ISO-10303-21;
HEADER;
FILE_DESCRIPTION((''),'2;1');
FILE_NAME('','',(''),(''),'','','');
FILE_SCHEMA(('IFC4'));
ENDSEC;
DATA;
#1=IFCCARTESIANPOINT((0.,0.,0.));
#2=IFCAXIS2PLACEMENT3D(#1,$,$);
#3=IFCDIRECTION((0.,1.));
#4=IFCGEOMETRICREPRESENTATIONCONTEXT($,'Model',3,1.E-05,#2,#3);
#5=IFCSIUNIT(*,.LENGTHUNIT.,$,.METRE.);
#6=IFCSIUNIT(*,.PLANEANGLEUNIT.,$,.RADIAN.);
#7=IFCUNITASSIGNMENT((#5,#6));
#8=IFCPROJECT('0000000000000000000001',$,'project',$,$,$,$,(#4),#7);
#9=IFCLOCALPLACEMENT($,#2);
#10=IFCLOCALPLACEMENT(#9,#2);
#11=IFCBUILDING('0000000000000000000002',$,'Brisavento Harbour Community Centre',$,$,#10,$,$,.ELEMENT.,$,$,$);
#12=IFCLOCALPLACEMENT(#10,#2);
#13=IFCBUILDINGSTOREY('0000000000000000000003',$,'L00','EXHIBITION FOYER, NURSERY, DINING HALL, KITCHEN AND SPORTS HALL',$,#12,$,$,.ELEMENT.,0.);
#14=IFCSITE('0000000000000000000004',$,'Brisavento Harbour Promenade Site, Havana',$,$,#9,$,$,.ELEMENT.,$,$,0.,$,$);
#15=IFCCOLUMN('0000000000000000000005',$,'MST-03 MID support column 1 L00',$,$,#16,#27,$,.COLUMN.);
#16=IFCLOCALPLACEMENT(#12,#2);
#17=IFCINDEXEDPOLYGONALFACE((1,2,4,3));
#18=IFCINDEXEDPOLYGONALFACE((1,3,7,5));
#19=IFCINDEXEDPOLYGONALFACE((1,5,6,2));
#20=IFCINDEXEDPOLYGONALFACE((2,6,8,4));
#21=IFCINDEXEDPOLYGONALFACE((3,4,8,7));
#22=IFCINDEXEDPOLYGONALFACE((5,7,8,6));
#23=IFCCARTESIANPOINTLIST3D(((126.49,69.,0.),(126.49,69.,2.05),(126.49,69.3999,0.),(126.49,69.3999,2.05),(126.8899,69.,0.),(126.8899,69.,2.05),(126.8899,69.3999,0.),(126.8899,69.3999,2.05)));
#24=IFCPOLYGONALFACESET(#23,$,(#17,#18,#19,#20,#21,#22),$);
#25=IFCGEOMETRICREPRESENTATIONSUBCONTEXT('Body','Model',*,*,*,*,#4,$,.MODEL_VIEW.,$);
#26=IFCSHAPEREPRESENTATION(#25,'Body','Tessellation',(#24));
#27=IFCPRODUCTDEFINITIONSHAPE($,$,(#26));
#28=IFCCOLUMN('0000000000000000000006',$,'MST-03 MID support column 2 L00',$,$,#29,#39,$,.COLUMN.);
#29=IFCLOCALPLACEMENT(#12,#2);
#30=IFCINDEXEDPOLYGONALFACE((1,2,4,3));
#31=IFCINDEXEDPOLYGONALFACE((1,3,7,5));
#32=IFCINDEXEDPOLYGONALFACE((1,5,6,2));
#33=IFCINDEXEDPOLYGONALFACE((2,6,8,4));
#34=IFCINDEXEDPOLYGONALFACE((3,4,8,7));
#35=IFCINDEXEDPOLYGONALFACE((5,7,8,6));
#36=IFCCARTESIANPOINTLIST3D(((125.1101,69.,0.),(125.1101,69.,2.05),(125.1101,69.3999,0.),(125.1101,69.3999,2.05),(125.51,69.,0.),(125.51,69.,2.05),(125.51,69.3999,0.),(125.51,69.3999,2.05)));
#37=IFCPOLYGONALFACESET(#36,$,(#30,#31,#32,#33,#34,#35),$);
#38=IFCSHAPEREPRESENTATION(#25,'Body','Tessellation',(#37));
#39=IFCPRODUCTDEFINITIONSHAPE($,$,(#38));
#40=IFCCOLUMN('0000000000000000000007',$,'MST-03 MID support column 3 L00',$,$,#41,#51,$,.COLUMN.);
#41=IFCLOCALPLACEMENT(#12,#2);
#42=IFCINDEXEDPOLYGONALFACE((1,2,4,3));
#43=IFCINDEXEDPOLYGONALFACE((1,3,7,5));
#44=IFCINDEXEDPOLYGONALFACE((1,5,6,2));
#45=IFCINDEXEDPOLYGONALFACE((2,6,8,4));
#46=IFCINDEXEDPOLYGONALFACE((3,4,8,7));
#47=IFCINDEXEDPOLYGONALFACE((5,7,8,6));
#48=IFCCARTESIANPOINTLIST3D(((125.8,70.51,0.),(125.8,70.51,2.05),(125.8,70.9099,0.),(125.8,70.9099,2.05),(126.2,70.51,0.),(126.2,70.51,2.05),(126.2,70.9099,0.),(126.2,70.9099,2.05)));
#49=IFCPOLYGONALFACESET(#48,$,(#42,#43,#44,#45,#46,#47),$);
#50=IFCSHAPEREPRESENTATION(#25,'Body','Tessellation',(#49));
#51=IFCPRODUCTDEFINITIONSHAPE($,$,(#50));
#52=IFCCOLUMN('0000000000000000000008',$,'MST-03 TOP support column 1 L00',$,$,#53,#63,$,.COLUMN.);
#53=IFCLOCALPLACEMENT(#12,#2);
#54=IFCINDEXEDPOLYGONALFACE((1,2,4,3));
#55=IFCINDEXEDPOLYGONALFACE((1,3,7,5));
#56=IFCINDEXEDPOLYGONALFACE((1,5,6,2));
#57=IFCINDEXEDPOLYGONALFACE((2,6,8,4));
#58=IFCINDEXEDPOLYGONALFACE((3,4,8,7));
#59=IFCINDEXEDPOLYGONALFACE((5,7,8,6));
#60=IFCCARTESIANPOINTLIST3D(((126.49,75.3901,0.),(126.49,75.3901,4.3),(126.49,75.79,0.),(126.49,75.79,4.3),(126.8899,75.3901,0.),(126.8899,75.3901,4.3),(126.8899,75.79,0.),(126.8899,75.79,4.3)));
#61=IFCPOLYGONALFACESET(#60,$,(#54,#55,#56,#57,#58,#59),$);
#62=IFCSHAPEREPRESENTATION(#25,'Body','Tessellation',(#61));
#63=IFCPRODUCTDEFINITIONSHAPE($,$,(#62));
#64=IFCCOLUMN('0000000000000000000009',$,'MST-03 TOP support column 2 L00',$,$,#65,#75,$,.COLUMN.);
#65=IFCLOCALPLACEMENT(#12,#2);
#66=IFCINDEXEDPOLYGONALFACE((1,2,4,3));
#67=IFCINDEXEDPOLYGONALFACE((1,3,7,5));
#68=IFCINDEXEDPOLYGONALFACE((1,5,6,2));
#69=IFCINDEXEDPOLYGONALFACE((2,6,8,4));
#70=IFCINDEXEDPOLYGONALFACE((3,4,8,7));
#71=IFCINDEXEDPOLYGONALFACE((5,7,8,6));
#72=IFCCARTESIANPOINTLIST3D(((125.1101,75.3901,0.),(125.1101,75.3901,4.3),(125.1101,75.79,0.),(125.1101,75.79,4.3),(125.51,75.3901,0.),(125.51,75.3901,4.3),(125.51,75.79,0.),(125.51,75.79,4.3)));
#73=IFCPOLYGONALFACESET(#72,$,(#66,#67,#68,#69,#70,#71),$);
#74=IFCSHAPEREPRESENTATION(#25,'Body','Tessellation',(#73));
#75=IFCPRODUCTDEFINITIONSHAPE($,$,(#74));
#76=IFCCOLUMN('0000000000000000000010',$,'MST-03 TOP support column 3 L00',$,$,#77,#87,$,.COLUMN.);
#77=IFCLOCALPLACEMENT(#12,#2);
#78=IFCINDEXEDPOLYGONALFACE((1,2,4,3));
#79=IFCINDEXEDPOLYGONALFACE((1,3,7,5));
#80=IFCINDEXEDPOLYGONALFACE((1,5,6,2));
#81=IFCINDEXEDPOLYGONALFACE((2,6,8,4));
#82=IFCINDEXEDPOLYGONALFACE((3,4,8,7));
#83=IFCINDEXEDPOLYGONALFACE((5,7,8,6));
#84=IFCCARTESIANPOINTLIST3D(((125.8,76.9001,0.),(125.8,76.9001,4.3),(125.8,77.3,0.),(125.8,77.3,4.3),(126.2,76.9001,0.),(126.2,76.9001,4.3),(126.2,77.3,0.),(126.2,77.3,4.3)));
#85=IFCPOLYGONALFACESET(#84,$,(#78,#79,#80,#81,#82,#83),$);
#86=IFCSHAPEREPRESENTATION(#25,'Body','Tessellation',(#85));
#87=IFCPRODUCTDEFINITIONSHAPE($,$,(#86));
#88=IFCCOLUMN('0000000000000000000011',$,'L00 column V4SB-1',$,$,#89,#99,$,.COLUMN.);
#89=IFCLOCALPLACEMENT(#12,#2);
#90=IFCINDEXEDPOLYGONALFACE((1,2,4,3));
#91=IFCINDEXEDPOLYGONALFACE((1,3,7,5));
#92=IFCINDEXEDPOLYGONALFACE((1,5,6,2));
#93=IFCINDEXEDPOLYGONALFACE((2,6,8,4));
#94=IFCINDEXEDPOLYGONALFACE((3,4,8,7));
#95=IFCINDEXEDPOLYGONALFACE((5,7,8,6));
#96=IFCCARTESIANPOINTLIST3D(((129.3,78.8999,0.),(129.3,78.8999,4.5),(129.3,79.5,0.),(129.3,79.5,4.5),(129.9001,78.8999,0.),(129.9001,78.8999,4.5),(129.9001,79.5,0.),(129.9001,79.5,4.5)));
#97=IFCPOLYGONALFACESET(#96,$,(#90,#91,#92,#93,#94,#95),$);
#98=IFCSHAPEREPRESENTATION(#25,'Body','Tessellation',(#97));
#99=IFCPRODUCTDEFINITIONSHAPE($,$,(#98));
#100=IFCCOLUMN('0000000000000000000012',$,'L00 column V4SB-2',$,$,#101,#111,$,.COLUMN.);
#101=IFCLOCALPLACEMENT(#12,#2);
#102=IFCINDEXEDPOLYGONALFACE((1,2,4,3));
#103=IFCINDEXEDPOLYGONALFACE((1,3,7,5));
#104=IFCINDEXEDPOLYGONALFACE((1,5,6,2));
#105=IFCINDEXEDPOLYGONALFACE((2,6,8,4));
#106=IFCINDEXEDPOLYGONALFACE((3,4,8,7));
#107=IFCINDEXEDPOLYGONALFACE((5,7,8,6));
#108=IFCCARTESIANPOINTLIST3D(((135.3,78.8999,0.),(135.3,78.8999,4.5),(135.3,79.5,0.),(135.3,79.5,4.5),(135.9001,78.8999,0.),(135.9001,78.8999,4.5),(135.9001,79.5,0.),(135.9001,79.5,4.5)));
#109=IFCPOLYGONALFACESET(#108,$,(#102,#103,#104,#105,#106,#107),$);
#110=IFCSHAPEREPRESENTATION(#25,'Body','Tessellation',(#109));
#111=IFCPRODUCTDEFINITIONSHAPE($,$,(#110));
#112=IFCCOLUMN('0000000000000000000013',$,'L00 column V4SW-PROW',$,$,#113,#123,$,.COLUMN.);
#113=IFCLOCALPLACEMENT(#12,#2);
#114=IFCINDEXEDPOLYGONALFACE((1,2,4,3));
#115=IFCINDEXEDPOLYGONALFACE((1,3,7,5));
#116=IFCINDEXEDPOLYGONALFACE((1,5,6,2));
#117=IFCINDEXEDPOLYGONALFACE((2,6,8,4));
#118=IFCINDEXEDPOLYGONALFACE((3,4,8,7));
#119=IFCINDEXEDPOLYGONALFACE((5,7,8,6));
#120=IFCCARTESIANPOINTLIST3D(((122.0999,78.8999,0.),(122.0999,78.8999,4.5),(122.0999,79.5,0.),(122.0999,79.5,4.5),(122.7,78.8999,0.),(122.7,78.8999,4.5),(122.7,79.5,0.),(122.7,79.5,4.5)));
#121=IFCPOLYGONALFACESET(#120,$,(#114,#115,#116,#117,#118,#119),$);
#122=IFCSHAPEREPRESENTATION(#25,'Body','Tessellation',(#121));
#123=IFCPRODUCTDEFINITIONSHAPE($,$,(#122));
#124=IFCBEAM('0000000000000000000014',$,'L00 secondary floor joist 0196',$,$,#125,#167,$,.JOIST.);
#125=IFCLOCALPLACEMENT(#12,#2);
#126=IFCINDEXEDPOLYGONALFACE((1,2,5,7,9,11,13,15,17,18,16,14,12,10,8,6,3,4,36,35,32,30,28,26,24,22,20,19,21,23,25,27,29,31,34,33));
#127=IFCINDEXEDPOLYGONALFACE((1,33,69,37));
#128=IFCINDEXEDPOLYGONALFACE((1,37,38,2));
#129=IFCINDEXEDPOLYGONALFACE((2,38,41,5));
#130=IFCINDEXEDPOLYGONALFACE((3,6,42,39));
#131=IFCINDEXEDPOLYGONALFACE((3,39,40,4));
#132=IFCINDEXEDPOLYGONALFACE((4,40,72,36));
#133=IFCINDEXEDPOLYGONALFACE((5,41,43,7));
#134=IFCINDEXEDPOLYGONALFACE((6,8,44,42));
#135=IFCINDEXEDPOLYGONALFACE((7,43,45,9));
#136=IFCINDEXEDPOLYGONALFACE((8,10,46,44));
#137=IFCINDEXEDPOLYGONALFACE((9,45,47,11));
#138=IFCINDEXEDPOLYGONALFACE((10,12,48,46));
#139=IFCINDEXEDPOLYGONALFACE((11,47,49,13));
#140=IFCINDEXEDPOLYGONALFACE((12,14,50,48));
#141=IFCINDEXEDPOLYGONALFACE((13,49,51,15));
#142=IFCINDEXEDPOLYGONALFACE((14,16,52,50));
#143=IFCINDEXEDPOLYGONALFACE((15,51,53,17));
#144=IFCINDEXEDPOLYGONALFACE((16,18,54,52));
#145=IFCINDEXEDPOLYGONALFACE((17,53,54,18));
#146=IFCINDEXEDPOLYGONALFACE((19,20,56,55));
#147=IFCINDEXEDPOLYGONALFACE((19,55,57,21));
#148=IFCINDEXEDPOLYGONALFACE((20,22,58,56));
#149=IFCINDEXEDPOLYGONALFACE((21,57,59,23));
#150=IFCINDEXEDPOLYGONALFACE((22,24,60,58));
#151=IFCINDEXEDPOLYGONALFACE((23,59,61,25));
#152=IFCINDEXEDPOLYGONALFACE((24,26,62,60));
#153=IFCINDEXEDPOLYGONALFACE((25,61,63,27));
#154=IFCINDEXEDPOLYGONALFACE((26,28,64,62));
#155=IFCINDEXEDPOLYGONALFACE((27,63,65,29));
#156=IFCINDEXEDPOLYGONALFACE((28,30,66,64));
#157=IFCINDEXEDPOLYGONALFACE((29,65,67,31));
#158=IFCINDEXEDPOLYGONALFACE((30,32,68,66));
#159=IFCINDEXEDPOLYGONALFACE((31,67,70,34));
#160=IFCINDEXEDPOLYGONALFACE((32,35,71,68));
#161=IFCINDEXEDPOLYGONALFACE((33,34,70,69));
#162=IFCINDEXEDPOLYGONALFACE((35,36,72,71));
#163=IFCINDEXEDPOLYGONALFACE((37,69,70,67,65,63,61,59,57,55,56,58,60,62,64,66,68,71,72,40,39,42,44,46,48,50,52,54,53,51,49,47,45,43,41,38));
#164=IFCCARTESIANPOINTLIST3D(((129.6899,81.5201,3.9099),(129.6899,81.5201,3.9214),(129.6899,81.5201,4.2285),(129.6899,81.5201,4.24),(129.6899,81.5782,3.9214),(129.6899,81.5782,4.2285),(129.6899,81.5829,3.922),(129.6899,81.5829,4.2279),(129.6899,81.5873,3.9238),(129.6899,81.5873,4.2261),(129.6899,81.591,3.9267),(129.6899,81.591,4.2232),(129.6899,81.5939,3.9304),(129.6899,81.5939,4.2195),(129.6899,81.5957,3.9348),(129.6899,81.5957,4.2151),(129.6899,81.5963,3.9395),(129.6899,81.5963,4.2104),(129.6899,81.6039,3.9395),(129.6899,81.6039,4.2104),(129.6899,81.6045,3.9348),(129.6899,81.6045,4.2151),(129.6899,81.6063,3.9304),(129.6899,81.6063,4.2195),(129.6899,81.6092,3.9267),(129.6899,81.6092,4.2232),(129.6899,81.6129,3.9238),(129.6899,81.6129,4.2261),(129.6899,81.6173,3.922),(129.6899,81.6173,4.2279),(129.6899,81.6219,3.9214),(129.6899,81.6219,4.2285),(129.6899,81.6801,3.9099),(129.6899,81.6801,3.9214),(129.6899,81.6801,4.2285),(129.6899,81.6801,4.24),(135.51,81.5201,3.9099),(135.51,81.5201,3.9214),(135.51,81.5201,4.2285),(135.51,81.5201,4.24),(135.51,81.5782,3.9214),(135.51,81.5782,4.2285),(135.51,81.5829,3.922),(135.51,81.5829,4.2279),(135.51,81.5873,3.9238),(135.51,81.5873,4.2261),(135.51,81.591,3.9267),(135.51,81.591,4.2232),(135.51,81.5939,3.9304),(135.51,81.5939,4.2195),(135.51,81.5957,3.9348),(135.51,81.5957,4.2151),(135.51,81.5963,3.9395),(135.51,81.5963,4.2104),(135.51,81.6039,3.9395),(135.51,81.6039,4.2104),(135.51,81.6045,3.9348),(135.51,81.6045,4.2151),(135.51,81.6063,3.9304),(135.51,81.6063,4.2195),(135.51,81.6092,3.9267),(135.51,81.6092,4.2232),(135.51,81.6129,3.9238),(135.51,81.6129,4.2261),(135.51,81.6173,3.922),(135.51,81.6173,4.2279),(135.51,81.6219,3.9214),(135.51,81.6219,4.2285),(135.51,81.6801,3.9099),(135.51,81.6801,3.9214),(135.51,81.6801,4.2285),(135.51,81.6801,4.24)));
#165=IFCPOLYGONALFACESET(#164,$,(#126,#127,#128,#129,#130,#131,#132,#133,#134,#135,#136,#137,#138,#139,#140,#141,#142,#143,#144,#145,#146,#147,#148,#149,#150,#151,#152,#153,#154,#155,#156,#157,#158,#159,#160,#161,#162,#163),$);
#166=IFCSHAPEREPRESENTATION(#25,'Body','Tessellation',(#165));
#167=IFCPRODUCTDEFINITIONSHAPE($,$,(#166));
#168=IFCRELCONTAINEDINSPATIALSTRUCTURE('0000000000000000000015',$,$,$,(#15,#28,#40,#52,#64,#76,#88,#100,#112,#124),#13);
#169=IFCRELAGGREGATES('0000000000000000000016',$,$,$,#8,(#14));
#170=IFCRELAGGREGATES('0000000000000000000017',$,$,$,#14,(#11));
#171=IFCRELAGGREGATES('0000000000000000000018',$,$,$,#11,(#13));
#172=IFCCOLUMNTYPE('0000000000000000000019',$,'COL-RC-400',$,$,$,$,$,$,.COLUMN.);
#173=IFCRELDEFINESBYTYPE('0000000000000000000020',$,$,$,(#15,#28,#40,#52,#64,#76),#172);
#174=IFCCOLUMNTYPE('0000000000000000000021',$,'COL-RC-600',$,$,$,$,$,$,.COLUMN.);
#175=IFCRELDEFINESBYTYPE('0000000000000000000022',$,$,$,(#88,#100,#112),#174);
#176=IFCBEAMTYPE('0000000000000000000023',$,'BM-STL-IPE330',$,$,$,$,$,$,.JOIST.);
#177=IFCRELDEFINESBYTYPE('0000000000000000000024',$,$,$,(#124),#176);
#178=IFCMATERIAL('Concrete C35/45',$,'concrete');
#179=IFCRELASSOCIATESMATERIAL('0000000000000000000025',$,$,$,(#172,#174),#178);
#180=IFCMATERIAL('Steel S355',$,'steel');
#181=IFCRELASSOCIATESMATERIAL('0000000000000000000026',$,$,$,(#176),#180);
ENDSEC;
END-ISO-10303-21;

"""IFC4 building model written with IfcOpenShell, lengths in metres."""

from ifc_helpers import new_model, si_unit, direction, frame, origin, origin_2d, place, context, subcontext, project, spatial, rectangle, i_section, extrude, material, material_profile, profile_set, type_object, element, save


model = new_model("IFC4")

# Units and contexts
model_context = context("Model", 3, precision=1e-05, world=origin(), true_north=direction((0.0, 1.0)))
body_context = subcontext(model_context, "Body", "Model", "MODEL_VIEW")
ifc_project = project(units=[si_unit("LENGTHUNIT", "METRE"), si_unit("PLANEANGLEUNIT", "RADIAN")], contexts=[model_context])

# Site, building, storey
site_placement = place(None, origin())
site = spatial("IfcSite", under=ifc_project, at=site_placement, Name="Brisavento Harbour Promenade Site, Havana", CompositionType="ELEMENT", RefElevation=0.0)
building_placement = place(site_placement, origin())
building = spatial("IfcBuilding", under=site, at=building_placement, Name="Brisavento Harbour Community Centre", CompositionType="ELEMENT")
storey_placement = place(building_placement, origin())
storey = spatial("IfcBuildingStorey", under=building, at=storey_placement, Name="L00", Description="EXHIBITION FOYER, NURSERY, DINING HALL, KITCHEN AND SPORTS HALL", CompositionType="ELEMENT", Elevation=0.0)

# Columns
ifc_material_1 = material(Name="Concrete C35/45", Category="concrete")
ifc_material_profile_1 = material_profile(ifc_material_1, rectangle(XDim=0.3999, YDim=0.3999, at=origin_2d()), Name="Concrete C35/45")
ifc_profile_set_1 = profile_set([ifc_material_profile_1], Name="Concrete C35/45")
column_type_1 = type_object("IfcColumnType", Name="COL-RC-400", PredefinedType="COLUMN", material=ifc_profile_set_1)
for number, where, z_axis, x_axis, name in (
    (1, (126.6899, 69.2, 0.0), (0.0, 0.0, 1.0), (1.0, 0.0, 0.0), "MST-03 MID support column 1 L00"),
    (2, (125.3101, 69.2, 0.0), (0.0, 0.0, 1.0), (1.0, 0.0, 0.0), "MST-03 MID support column 2 L00"),
    (3, (126.0, 70.71, 0.0), (0.0, 0.0, 1.0), (1.0, 0.0, 0.0), "MST-03 MID support column 3 L00"),
):
    element("IfcColumn", number, at=place(storey_placement, frame(where, z_axis=z_axis, x_axis=x_axis)), inside=storey, type_object=column_type_1, Name=name, PredefinedType="COLUMN", context=body_context, shape_type="SweptSolid", body=[
        extrude(rectangle(XDim=0.3999, YDim=0.3999, at=origin_2d()), origin(), (0.0, 0.0, 1.0), 2.05),
    ])
for number, where, z_axis, x_axis, name in (
    (4, (126.6899, 75.5901, 0.0), (0.0, 0.0, 1.0), (1.0, 0.0, 0.0), "MST-03 TOP support column 1 L00"),
    (5, (125.3101, 75.5901, 0.0), (0.0, 0.0, 1.0), (1.0, 0.0, 0.0), "MST-03 TOP support column 2 L00"),
    (6, (126.0, 77.1001, 0.0), (0.0, 0.0, 1.0), (1.0, 0.0, 0.0), "MST-03 TOP support column 3 L00"),
):
    element("IfcColumn", number, at=place(storey_placement, frame(where, z_axis=z_axis, x_axis=x_axis)), inside=storey, type_object=column_type_1, Name=name, PredefinedType="COLUMN", context=body_context, shape_type="SweptSolid", body=[
        extrude(rectangle(XDim=0.3999, YDim=0.3999, at=origin_2d()), origin(), (0.0, 0.0, 1.0), 4.3),
    ])
ifc_material_profile_2 = material_profile(ifc_material_1, rectangle(XDim=0.6001, YDim=0.6001, at=origin_2d()), Name="Concrete C35/45")
ifc_profile_set_2 = profile_set([ifc_material_profile_2], Name="Concrete C35/45")
column_type_2 = type_object("IfcColumnType", Name="COL-RC-600", PredefinedType="COLUMN", material=ifc_profile_set_2)
for number, where, z_axis, x_axis, name in (
    (7, (129.6001, 79.2, 0.0), (0.0, 0.0, 1.0), (1.0, 0.0, 0.0), "L00 column V4SB-1"),
    (8, (135.6001, 79.2, 0.0), (0.0, 0.0, 1.0), (1.0, 0.0, 0.0), "L00 column V4SB-2"),
    (9, (122.3999, 79.2, 0.0), (0.0, 0.0, 1.0), (1.0, 0.0, 0.0), "L00 column V4SW-PROW"),
):
    element("IfcColumn", number, at=place(storey_placement, frame(where, z_axis=z_axis, x_axis=x_axis)), inside=storey, type_object=column_type_2, Name=name, PredefinedType="COLUMN", context=body_context, shape_type="SweptSolid", body=[
        extrude(rectangle(XDim=0.6001, YDim=0.6001, at=origin_2d()), origin(), (0.0, 0.0, 1.0), 4.5),
    ])

# Beam
ifc_material_2 = material(Name="Steel S355", Category="steel")
ifc_material_profile_3 = material_profile(ifc_material_2, i_section(OverallWidth=0.1599, OverallDepth=0.3301, WebThickness=0.0076, FlangeThickness=0.0115, FilletRadius=0.0181, at=origin_2d()), Name="Steel S355")
ifc_profile_set_3 = profile_set([ifc_material_profile_3], Name="Steel S355")
beam_type_1 = type_object("IfcBeamType", Name="BM-STL-IPE330", PredefinedType="JOIST", material=ifc_profile_set_3)
beam_1_placement = place(storey_placement, frame((129.6899, 81.6001, 4.075), z_axis=(1.0, 0.0, 0.0), x_axis=(0.0, 1.0, 0.0)))
element("IfcBeam", 10, at=beam_1_placement, inside=storey, type_object=beam_type_1, Name="L00 secondary floor joist 0196", PredefinedType="JOIST", context=body_context, shape_type="SweptSolid", body=[
    extrude(i_section(OverallWidth=0.1599, OverallDepth=0.3301, WebThickness=0.0076, FlangeThickness=0.0115, FilletRadius=0.0181, at=origin_2d()), origin(), (0.0, 0.0, 1.0), 5.8201),
])

save(model, "model.ifc")
